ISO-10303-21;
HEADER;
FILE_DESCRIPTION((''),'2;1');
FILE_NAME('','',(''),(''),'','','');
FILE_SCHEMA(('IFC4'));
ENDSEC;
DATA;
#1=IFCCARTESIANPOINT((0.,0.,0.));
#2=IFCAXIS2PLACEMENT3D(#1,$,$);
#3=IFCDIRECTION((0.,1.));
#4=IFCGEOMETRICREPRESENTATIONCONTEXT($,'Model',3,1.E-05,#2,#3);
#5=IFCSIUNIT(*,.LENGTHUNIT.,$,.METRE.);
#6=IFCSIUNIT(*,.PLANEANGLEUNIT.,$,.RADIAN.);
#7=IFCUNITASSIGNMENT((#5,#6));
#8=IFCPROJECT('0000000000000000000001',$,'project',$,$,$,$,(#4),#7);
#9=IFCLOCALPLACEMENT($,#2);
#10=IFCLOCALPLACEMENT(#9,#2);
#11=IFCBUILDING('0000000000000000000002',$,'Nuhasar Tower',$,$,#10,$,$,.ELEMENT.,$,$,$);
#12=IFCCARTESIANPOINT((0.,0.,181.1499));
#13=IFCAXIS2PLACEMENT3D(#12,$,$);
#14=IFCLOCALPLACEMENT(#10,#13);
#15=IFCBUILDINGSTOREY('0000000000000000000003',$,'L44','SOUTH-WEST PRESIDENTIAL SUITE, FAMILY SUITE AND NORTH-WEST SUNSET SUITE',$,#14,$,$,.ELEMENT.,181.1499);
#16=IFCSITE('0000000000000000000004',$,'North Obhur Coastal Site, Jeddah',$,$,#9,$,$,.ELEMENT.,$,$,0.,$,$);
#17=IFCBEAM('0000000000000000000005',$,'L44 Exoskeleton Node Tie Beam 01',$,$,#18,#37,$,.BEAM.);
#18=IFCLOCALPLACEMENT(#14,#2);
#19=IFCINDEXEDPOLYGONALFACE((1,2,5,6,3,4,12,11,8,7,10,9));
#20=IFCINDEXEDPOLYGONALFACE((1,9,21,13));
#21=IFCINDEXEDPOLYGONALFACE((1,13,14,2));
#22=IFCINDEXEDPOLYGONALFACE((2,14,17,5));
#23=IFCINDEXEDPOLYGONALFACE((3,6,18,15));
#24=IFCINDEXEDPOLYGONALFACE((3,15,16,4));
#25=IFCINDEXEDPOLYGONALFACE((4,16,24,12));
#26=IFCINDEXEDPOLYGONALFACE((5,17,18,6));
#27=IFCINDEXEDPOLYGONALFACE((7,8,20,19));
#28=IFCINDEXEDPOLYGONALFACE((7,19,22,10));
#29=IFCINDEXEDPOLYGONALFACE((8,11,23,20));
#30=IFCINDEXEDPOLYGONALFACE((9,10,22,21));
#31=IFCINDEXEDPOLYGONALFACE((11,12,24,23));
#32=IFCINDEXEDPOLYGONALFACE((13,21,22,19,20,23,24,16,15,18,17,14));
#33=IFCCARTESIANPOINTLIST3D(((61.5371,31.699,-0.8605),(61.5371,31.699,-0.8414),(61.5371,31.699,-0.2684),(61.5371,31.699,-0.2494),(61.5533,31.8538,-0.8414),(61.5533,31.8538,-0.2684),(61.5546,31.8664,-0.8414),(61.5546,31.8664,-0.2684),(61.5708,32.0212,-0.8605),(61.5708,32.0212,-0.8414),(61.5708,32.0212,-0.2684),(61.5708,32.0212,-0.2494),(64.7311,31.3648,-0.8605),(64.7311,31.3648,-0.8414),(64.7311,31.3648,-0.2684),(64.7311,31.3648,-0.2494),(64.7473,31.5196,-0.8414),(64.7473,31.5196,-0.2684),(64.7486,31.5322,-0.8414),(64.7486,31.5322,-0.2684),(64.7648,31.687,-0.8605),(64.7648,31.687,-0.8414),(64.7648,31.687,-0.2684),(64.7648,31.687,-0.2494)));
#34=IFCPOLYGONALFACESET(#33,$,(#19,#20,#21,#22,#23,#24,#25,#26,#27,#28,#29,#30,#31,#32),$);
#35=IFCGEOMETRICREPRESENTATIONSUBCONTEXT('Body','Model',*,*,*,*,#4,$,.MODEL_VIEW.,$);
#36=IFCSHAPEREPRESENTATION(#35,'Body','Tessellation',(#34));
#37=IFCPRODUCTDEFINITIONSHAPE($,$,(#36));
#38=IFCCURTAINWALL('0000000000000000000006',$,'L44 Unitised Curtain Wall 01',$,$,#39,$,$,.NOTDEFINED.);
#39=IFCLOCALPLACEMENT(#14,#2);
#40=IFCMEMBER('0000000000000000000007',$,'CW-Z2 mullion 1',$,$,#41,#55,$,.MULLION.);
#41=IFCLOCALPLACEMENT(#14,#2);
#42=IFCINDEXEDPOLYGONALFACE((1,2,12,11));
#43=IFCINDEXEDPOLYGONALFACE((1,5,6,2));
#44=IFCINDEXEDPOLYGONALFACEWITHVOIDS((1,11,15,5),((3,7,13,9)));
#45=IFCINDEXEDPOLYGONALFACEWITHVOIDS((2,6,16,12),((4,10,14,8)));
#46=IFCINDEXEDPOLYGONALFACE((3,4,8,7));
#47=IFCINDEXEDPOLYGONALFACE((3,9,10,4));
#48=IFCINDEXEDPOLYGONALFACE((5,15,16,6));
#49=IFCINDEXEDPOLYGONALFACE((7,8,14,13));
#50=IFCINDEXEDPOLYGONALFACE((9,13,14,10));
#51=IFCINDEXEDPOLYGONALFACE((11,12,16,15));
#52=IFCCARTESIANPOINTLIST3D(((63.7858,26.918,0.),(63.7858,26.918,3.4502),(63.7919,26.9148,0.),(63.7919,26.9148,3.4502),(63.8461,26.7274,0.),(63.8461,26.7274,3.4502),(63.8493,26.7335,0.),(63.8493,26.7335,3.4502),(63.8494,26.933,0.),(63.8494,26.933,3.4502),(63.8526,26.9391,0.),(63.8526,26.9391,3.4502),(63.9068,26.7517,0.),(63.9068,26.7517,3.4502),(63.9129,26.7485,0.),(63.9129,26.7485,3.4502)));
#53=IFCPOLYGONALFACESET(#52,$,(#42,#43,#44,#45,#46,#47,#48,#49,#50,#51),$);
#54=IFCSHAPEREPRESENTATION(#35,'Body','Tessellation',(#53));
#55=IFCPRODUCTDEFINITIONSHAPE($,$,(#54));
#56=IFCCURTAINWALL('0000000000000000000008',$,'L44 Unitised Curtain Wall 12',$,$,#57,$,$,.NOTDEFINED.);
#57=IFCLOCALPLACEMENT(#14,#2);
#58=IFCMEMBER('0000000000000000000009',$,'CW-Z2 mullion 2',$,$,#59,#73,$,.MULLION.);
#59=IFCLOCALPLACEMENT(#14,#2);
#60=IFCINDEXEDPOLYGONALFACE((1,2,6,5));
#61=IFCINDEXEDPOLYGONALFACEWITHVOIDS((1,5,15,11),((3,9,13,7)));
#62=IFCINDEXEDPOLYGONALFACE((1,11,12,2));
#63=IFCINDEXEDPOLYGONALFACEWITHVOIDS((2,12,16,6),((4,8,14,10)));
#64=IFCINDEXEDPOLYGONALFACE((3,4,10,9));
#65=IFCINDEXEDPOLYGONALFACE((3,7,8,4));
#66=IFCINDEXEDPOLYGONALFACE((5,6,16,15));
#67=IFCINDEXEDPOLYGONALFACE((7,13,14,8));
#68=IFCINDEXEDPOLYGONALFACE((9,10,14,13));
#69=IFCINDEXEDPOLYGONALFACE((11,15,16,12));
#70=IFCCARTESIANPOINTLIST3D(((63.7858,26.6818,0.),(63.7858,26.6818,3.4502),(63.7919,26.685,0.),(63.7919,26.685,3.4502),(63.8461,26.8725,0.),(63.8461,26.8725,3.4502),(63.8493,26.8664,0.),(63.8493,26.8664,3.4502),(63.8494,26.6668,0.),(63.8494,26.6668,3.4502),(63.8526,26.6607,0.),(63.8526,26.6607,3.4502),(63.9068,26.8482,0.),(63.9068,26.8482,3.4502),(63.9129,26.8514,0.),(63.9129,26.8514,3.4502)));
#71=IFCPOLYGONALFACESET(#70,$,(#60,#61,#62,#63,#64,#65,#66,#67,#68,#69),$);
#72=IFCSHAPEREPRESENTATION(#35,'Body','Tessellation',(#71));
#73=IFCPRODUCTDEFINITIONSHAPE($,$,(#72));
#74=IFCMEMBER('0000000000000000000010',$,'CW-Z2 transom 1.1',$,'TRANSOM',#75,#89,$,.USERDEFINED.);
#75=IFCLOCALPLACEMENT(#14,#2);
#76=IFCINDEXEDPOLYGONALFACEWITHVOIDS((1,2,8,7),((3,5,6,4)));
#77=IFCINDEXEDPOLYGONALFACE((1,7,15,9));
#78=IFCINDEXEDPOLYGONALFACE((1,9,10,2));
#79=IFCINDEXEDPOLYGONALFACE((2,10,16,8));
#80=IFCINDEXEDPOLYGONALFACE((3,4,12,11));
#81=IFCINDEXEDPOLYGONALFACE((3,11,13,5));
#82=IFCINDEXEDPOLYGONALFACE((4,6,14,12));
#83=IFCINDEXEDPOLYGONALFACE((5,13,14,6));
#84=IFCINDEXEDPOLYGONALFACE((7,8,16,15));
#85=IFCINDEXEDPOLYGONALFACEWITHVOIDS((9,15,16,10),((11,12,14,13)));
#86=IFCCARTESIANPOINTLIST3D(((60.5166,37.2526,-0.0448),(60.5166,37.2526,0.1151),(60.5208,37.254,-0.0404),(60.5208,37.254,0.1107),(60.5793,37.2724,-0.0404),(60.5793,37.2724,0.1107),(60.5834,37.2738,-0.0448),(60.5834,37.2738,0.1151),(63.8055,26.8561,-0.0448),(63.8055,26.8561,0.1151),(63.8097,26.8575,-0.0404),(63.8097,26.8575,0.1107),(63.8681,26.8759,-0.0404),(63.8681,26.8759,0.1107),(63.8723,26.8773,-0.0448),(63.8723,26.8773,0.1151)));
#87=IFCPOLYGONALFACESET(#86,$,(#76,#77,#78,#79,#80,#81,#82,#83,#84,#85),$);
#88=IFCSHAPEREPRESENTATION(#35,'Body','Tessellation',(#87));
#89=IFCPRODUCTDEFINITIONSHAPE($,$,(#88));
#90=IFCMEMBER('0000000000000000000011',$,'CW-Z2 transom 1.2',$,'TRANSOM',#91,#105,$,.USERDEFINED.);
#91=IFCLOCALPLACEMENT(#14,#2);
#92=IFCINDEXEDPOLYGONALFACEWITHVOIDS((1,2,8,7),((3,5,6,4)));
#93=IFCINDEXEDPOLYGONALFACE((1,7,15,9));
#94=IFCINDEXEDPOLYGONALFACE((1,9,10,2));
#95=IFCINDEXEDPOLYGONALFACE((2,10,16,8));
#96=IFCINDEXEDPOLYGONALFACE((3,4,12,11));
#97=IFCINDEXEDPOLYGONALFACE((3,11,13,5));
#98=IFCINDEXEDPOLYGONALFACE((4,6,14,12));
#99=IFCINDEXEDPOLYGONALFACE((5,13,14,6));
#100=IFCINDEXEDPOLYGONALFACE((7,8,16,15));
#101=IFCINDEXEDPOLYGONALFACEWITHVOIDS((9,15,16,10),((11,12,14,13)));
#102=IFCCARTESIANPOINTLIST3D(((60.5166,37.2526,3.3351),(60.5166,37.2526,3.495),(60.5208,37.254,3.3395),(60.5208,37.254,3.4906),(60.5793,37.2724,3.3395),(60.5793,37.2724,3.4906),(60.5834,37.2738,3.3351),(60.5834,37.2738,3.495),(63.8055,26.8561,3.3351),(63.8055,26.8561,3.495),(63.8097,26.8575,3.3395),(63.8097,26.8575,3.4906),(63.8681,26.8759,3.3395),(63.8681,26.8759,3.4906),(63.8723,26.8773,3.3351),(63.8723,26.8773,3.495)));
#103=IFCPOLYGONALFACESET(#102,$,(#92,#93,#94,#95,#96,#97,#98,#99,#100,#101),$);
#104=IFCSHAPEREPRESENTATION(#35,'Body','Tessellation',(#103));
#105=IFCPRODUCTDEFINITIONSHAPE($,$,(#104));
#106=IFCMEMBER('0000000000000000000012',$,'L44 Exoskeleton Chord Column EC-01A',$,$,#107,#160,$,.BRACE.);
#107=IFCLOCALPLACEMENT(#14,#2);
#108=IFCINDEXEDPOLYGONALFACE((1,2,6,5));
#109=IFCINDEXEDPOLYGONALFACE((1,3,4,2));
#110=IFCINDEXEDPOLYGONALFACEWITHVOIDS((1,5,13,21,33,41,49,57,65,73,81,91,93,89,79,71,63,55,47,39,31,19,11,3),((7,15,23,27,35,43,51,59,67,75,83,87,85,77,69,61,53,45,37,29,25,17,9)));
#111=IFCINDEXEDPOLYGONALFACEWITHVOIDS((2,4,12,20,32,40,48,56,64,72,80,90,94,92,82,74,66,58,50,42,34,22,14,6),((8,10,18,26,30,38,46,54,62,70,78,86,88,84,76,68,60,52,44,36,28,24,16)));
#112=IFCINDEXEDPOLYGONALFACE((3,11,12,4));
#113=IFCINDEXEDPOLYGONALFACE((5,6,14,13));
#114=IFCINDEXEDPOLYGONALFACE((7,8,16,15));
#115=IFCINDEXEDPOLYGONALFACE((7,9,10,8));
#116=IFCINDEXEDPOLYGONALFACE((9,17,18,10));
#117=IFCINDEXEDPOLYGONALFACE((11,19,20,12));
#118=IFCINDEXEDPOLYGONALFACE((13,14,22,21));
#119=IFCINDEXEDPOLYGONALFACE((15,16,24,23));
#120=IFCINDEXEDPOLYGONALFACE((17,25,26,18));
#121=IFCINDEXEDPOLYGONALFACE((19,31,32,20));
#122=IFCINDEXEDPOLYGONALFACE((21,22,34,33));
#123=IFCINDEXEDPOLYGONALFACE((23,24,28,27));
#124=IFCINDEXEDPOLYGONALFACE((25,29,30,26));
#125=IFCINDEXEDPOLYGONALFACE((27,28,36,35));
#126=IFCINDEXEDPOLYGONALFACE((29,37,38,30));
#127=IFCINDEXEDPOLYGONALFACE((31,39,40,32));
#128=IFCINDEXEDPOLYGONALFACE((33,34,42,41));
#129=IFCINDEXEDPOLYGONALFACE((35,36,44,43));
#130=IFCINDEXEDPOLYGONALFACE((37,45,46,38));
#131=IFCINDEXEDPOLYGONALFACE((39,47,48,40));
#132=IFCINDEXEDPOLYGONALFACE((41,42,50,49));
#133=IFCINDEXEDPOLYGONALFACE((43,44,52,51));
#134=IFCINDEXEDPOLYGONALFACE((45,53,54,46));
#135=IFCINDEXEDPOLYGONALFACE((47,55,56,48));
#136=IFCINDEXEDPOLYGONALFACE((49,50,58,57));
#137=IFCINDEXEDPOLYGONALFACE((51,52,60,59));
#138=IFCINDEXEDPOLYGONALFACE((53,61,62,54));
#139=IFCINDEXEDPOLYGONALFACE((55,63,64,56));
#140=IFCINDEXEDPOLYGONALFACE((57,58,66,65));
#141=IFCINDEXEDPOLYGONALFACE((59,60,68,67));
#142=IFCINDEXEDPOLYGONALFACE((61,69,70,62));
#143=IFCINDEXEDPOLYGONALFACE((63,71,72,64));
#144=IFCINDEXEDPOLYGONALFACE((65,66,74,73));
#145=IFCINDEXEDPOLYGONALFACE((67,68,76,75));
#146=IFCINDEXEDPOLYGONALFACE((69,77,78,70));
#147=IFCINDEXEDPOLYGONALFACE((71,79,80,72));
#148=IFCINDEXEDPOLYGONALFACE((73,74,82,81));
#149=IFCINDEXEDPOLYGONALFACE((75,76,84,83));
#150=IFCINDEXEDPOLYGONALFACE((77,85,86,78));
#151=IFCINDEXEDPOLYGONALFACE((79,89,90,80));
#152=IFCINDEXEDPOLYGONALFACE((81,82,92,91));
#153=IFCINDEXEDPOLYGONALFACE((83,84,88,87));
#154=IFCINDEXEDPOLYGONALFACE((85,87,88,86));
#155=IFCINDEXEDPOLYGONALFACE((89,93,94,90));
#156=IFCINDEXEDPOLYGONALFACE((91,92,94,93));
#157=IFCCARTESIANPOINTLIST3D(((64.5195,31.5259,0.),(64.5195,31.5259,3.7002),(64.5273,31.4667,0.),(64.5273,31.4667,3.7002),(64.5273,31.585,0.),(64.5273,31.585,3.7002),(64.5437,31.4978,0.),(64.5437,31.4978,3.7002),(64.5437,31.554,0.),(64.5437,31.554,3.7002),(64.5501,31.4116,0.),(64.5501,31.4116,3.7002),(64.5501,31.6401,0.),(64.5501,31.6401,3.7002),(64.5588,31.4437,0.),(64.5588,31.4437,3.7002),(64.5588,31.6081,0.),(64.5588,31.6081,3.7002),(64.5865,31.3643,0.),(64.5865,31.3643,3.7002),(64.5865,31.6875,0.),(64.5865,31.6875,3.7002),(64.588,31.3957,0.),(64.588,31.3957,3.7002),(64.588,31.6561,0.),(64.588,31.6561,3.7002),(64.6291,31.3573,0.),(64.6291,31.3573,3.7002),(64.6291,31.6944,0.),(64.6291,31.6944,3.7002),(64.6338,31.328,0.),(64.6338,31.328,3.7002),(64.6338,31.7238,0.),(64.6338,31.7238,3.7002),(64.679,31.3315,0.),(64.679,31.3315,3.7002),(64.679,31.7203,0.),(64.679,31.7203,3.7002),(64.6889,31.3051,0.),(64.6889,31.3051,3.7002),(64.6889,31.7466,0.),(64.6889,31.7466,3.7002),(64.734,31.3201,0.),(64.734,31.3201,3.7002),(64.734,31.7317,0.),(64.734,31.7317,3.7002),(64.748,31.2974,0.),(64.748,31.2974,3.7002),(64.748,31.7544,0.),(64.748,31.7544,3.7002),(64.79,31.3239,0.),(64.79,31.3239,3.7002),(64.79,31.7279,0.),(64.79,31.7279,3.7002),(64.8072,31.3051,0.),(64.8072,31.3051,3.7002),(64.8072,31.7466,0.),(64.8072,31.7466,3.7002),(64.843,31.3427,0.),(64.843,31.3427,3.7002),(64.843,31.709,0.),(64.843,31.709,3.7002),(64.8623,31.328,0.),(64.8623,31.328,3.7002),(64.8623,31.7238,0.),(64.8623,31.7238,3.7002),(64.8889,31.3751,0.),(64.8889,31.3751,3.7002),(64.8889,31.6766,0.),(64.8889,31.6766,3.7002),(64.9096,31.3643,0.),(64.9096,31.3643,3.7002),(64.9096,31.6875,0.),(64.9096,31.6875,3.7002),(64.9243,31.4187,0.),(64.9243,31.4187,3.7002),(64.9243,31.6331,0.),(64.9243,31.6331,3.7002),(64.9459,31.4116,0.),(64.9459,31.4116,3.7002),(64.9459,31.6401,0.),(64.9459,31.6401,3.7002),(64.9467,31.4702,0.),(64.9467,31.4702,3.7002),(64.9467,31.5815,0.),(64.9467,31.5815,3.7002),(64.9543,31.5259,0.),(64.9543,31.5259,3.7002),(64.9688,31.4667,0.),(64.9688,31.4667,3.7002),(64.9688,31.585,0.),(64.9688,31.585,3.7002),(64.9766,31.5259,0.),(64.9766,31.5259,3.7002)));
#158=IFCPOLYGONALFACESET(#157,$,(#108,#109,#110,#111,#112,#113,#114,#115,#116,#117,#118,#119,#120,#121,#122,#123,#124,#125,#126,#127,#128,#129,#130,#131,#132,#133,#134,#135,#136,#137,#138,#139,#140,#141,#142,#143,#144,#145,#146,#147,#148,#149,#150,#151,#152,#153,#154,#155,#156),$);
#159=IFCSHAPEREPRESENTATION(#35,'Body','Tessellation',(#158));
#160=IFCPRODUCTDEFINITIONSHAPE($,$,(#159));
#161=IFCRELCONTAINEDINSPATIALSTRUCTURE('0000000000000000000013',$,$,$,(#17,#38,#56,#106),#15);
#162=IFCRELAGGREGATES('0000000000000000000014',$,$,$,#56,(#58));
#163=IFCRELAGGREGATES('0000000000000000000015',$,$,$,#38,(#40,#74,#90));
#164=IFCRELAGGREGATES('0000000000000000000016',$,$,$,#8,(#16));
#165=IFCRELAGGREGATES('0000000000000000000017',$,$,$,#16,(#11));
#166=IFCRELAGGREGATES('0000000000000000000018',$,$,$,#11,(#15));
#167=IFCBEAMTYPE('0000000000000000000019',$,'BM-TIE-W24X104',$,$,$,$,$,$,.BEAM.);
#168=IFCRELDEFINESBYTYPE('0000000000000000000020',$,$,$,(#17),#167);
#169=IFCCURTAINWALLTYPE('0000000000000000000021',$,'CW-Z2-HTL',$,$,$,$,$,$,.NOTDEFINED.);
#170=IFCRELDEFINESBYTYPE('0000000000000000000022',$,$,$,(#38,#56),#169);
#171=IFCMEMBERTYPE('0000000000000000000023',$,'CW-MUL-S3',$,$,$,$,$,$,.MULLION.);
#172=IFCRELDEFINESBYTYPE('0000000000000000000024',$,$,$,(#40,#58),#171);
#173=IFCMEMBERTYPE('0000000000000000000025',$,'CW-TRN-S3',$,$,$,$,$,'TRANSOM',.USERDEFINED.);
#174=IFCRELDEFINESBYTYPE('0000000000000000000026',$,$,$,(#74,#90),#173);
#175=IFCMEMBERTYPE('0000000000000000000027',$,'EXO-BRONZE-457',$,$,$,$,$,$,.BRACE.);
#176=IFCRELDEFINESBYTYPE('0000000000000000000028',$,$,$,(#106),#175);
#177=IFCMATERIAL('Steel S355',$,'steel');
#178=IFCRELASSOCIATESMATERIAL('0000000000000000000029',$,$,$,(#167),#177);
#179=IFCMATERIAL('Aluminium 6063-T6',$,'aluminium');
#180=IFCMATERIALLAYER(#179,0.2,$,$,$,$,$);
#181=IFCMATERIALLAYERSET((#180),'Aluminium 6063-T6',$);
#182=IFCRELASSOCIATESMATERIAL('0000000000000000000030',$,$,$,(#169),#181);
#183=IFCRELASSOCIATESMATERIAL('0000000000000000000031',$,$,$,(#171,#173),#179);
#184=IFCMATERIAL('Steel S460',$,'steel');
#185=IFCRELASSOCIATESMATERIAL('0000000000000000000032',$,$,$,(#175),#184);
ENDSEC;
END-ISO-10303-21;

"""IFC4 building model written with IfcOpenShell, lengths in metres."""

from ifc_helpers import new_model, si_unit, direction, frame, origin, origin_2d, place, context, subcontext, project, spatial, hollow_rectangle, hollow_circle, i_section, extrude, material, layer, layer_set, material_profile, profile_set, type_object, element, aggregate, save


model = new_model("IFC4")

# Units and contexts
model_context = context("Model", 3, precision=1e-05, world=origin(), true_north=direction((0.0, 1.0)))
body_context = subcontext(model_context, "Body", "Model", "MODEL_VIEW")
ifc_project = project(units=[si_unit("LENGTHUNIT", "METRE"), si_unit("PLANEANGLEUNIT", "RADIAN")], contexts=[model_context])

# Site, building, storey
site_placement = place(None, origin())
site = spatial("IfcSite", under=ifc_project, at=site_placement, Name="North Obhur Coastal Site, Jeddah", CompositionType="ELEMENT", RefElevation=0.0)
building_placement = place(site_placement, origin())
building = spatial("IfcBuilding", under=site, at=building_placement, Name="Nuhasar Tower", CompositionType="ELEMENT")
storey_placement = place(building_placement, frame((0.0, 0.0, 181.1499)))
storey = spatial("IfcBuildingStorey", under=building, at=storey_placement, Name="L44", Description="SOUTH-WEST PRESIDENTIAL SUITE, FAMILY SUITE AND NORTH-WEST SUNSET SUITE", CompositionType="ELEMENT", Elevation=181.1499)

# Beam
ifc_material_1 = material(Name="Steel S355", Category="steel")
ifc_material_profile_1 = material_profile(ifc_material_1, i_section(OverallWidth=0.324, OverallDepth=0.6111, WebThickness=0.0127, FlangeThickness=0.019, at=origin_2d()), Name="W24X104")
ifc_profile_set_1 = profile_set([ifc_material_profile_1], Name="Steel S355")
beam_type_1 = type_object("IfcBeamType", Name="BM-TIE-W24X104", PredefinedType="BEAM", material=ifc_profile_set_1)
beam_1_placement = place(storey_placement, frame((61.554, 31.8601, -0.5549), z_axis=(0.99457, -0.104071, 0.0), x_axis=(0.104071, 0.99457, 0.0)))
element("IfcBeam", 1, at=beam_1_placement, inside=storey, type_object=beam_type_1, Name="L44 Exoskeleton Node Tie Beam 01", PredefinedType="BEAM", context=body_context, shape_type="SweptSolid", body=[
    extrude(i_section(OverallWidth=0.324, OverallDepth=0.6111, WebThickness=0.0127, FlangeThickness=0.019, at=origin_2d()), origin(), (0.0, 0.0, 1.0), 3.2114),
])

# Curtain walls, members
ifc_material_2 = material(Name="Aluminium 6063-T6", Category="aluminium")
ifc_layer_1 = layer(ifc_material_2, 0.2)
ifc_layer_set_1 = layer_set([ifc_layer_1], Name="Aluminium 6063-T6")
curtain_wall_type = type_object("IfcCurtainWallType", Name="CW-Z2-HTL", PredefinedType="NOTDEFINED", material=ifc_layer_set_1)
curtain_wall_1_placement = place(storey_placement, origin())
curtain_wall_1 = element("IfcCurtainWall", 2, at=curtain_wall_1_placement, inside=storey, type_object=curtain_wall_type, Name="L44 Unitised Curtain Wall 01", PredefinedType="NOTDEFINED")
ifc_material_profile_2 = material_profile(ifc_material_2, hollow_rectangle(XDim=0.0701, YDim=0.2, WallThickness=0.0049, at=origin_2d()), Name="CWM-3")
ifc_profile_set_2 = profile_set([ifc_material_profile_2], Name="Aluminium 6063-T6")
member_type_1 = type_object("IfcMemberType", Name="CW-MUL-S3", PredefinedType="MULLION", material=ifc_profile_set_2)
member_1_placement = place(storey_placement, frame((63.8494, 26.8333, 0.0), z_axis=(0.0, 0.0, 1.0), x_axis=(-0.953433, -0.301604, 0.0)))
member_1 = element("IfcMember", 3, at=member_1_placement, type_object=member_type_1, Name="CW-Z2 mullion 1", PredefinedType="MULLION", context=body_context, shape_type="SweptSolid", body=[
    extrude(hollow_rectangle(XDim=0.0701, YDim=0.2, WallThickness=0.0049, at=origin_2d()), origin(), (0.0, 0.0, 1.0), 3.4502),
])
curtain_wall_2_placement = place(storey_placement, origin())
curtain_wall_2 = element("IfcCurtainWall", 4, at=curtain_wall_2_placement, inside=storey, type_object=curtain_wall_type, Name="L44 Unitised Curtain Wall 12", PredefinedType="NOTDEFINED")
member_2_placement = place(storey_placement, frame((63.8494, 26.7666, 0.0), z_axis=(0.0, 0.0, 1.0), x_axis=(-0.953433, 0.301604, 0.0)))
member_2 = element("IfcMember", 5, at=member_2_placement, type_object=member_type_1, Name="CW-Z2 mullion 2", PredefinedType="MULLION", context=body_context, shape_type="SweptSolid", body=[
    extrude(hollow_rectangle(XDim=0.0701, YDim=0.2, WallThickness=0.0049, at=origin_2d()), origin(), (0.0, 0.0, 1.0), 3.4502),
])
aggregate(curtain_wall_2, [member_2])

# Members
ifc_material_profile_3 = material_profile(ifc_material_2, hollow_rectangle(XDim=0.0701, YDim=0.1599, WallThickness=0.0044, at=origin_2d()), Name="CWT-3")
ifc_profile_set_3 = profile_set([ifc_material_profile_3], Name="Aluminium 6063-T6")
member_type_2 = type_object("IfcMemberType", Name="CW-TRN-S3", ElementType="TRANSOM", PredefinedType="USERDEFINED", material=ifc_profile_set_3)
member_3_placement = place(storey_placement, frame((63.8389, 26.8667, 0.0352), z_axis=(-0.301608, 0.953432, 0.0), x_axis=(-0.953432, -0.301608, 0.0)))
member_3 = element("IfcMember", 6, at=member_3_placement, type_object=member_type_2, Name="CW-Z2 transom 1.1", ObjectType="TRANSOM", PredefinedType="USERDEFINED", context=body_context, shape_type="SweptSolid", body=[
    extrude(hollow_rectangle(XDim=0.0701, YDim=0.1599, WallThickness=0.0044, at=origin_2d()), origin(), (0.0, 0.0, 1.0), 10.9043),
])
member_4_placement = place(storey_placement, frame((63.8389, 26.8667, 3.415), z_axis=(-0.301608, 0.953432, 0.0), x_axis=(-0.953432, -0.301608, 0.0)))
member_4 = element("IfcMember", 7, at=member_4_placement, type_object=member_type_2, Name="CW-Z2 transom 1.2", ObjectType="TRANSOM", PredefinedType="USERDEFINED", context=body_context, shape_type="SweptSolid", body=[
    extrude(hollow_rectangle(XDim=0.0701, YDim=0.1599, WallThickness=0.0044, at=origin_2d()), origin(), (0.0, 0.0, 1.0), 10.9043),
])

# Member
ifc_material_3 = material(Name="Steel S460", Category="steel")
ifc_material_profile_4 = material_profile(ifc_material_3, hollow_circle(Radius=0.2285, WallThickness=0.0222, at=origin_2d()), Name="HSS457X22.2")
ifc_profile_set_4 = profile_set([ifc_material_profile_4], Name="Steel S460")
member_type_3 = type_object("IfcMemberType", Name="EXO-BRONZE-457", PredefinedType="BRACE", material=ifc_profile_set_4)
for number, where, z_axis, x_axis, name in (
    (8, (64.748, 31.5259, 0.0), (0.0, 0.0, 1.0), (1.0, 0.0, 0.0), "L44 Exoskeleton Chord Column EC-01A"),
):
    element("IfcMember", number, at=place(storey_placement, frame(where, z_axis=z_axis, x_axis=x_axis)), inside=storey, type_object=member_type_3, Name=name, PredefinedType="BRACE", context=body_context, shape_type="SweptSolid", body=[
        extrude(hollow_circle(Radius=0.2285, WallThickness=0.0222, at=origin_2d()), origin(), (0.0, 0.0, 1.0), 3.7002),
    ])

aggregate(curtain_wall_1, [member_1, member_3, member_4])

save(model, "model.ifc")
